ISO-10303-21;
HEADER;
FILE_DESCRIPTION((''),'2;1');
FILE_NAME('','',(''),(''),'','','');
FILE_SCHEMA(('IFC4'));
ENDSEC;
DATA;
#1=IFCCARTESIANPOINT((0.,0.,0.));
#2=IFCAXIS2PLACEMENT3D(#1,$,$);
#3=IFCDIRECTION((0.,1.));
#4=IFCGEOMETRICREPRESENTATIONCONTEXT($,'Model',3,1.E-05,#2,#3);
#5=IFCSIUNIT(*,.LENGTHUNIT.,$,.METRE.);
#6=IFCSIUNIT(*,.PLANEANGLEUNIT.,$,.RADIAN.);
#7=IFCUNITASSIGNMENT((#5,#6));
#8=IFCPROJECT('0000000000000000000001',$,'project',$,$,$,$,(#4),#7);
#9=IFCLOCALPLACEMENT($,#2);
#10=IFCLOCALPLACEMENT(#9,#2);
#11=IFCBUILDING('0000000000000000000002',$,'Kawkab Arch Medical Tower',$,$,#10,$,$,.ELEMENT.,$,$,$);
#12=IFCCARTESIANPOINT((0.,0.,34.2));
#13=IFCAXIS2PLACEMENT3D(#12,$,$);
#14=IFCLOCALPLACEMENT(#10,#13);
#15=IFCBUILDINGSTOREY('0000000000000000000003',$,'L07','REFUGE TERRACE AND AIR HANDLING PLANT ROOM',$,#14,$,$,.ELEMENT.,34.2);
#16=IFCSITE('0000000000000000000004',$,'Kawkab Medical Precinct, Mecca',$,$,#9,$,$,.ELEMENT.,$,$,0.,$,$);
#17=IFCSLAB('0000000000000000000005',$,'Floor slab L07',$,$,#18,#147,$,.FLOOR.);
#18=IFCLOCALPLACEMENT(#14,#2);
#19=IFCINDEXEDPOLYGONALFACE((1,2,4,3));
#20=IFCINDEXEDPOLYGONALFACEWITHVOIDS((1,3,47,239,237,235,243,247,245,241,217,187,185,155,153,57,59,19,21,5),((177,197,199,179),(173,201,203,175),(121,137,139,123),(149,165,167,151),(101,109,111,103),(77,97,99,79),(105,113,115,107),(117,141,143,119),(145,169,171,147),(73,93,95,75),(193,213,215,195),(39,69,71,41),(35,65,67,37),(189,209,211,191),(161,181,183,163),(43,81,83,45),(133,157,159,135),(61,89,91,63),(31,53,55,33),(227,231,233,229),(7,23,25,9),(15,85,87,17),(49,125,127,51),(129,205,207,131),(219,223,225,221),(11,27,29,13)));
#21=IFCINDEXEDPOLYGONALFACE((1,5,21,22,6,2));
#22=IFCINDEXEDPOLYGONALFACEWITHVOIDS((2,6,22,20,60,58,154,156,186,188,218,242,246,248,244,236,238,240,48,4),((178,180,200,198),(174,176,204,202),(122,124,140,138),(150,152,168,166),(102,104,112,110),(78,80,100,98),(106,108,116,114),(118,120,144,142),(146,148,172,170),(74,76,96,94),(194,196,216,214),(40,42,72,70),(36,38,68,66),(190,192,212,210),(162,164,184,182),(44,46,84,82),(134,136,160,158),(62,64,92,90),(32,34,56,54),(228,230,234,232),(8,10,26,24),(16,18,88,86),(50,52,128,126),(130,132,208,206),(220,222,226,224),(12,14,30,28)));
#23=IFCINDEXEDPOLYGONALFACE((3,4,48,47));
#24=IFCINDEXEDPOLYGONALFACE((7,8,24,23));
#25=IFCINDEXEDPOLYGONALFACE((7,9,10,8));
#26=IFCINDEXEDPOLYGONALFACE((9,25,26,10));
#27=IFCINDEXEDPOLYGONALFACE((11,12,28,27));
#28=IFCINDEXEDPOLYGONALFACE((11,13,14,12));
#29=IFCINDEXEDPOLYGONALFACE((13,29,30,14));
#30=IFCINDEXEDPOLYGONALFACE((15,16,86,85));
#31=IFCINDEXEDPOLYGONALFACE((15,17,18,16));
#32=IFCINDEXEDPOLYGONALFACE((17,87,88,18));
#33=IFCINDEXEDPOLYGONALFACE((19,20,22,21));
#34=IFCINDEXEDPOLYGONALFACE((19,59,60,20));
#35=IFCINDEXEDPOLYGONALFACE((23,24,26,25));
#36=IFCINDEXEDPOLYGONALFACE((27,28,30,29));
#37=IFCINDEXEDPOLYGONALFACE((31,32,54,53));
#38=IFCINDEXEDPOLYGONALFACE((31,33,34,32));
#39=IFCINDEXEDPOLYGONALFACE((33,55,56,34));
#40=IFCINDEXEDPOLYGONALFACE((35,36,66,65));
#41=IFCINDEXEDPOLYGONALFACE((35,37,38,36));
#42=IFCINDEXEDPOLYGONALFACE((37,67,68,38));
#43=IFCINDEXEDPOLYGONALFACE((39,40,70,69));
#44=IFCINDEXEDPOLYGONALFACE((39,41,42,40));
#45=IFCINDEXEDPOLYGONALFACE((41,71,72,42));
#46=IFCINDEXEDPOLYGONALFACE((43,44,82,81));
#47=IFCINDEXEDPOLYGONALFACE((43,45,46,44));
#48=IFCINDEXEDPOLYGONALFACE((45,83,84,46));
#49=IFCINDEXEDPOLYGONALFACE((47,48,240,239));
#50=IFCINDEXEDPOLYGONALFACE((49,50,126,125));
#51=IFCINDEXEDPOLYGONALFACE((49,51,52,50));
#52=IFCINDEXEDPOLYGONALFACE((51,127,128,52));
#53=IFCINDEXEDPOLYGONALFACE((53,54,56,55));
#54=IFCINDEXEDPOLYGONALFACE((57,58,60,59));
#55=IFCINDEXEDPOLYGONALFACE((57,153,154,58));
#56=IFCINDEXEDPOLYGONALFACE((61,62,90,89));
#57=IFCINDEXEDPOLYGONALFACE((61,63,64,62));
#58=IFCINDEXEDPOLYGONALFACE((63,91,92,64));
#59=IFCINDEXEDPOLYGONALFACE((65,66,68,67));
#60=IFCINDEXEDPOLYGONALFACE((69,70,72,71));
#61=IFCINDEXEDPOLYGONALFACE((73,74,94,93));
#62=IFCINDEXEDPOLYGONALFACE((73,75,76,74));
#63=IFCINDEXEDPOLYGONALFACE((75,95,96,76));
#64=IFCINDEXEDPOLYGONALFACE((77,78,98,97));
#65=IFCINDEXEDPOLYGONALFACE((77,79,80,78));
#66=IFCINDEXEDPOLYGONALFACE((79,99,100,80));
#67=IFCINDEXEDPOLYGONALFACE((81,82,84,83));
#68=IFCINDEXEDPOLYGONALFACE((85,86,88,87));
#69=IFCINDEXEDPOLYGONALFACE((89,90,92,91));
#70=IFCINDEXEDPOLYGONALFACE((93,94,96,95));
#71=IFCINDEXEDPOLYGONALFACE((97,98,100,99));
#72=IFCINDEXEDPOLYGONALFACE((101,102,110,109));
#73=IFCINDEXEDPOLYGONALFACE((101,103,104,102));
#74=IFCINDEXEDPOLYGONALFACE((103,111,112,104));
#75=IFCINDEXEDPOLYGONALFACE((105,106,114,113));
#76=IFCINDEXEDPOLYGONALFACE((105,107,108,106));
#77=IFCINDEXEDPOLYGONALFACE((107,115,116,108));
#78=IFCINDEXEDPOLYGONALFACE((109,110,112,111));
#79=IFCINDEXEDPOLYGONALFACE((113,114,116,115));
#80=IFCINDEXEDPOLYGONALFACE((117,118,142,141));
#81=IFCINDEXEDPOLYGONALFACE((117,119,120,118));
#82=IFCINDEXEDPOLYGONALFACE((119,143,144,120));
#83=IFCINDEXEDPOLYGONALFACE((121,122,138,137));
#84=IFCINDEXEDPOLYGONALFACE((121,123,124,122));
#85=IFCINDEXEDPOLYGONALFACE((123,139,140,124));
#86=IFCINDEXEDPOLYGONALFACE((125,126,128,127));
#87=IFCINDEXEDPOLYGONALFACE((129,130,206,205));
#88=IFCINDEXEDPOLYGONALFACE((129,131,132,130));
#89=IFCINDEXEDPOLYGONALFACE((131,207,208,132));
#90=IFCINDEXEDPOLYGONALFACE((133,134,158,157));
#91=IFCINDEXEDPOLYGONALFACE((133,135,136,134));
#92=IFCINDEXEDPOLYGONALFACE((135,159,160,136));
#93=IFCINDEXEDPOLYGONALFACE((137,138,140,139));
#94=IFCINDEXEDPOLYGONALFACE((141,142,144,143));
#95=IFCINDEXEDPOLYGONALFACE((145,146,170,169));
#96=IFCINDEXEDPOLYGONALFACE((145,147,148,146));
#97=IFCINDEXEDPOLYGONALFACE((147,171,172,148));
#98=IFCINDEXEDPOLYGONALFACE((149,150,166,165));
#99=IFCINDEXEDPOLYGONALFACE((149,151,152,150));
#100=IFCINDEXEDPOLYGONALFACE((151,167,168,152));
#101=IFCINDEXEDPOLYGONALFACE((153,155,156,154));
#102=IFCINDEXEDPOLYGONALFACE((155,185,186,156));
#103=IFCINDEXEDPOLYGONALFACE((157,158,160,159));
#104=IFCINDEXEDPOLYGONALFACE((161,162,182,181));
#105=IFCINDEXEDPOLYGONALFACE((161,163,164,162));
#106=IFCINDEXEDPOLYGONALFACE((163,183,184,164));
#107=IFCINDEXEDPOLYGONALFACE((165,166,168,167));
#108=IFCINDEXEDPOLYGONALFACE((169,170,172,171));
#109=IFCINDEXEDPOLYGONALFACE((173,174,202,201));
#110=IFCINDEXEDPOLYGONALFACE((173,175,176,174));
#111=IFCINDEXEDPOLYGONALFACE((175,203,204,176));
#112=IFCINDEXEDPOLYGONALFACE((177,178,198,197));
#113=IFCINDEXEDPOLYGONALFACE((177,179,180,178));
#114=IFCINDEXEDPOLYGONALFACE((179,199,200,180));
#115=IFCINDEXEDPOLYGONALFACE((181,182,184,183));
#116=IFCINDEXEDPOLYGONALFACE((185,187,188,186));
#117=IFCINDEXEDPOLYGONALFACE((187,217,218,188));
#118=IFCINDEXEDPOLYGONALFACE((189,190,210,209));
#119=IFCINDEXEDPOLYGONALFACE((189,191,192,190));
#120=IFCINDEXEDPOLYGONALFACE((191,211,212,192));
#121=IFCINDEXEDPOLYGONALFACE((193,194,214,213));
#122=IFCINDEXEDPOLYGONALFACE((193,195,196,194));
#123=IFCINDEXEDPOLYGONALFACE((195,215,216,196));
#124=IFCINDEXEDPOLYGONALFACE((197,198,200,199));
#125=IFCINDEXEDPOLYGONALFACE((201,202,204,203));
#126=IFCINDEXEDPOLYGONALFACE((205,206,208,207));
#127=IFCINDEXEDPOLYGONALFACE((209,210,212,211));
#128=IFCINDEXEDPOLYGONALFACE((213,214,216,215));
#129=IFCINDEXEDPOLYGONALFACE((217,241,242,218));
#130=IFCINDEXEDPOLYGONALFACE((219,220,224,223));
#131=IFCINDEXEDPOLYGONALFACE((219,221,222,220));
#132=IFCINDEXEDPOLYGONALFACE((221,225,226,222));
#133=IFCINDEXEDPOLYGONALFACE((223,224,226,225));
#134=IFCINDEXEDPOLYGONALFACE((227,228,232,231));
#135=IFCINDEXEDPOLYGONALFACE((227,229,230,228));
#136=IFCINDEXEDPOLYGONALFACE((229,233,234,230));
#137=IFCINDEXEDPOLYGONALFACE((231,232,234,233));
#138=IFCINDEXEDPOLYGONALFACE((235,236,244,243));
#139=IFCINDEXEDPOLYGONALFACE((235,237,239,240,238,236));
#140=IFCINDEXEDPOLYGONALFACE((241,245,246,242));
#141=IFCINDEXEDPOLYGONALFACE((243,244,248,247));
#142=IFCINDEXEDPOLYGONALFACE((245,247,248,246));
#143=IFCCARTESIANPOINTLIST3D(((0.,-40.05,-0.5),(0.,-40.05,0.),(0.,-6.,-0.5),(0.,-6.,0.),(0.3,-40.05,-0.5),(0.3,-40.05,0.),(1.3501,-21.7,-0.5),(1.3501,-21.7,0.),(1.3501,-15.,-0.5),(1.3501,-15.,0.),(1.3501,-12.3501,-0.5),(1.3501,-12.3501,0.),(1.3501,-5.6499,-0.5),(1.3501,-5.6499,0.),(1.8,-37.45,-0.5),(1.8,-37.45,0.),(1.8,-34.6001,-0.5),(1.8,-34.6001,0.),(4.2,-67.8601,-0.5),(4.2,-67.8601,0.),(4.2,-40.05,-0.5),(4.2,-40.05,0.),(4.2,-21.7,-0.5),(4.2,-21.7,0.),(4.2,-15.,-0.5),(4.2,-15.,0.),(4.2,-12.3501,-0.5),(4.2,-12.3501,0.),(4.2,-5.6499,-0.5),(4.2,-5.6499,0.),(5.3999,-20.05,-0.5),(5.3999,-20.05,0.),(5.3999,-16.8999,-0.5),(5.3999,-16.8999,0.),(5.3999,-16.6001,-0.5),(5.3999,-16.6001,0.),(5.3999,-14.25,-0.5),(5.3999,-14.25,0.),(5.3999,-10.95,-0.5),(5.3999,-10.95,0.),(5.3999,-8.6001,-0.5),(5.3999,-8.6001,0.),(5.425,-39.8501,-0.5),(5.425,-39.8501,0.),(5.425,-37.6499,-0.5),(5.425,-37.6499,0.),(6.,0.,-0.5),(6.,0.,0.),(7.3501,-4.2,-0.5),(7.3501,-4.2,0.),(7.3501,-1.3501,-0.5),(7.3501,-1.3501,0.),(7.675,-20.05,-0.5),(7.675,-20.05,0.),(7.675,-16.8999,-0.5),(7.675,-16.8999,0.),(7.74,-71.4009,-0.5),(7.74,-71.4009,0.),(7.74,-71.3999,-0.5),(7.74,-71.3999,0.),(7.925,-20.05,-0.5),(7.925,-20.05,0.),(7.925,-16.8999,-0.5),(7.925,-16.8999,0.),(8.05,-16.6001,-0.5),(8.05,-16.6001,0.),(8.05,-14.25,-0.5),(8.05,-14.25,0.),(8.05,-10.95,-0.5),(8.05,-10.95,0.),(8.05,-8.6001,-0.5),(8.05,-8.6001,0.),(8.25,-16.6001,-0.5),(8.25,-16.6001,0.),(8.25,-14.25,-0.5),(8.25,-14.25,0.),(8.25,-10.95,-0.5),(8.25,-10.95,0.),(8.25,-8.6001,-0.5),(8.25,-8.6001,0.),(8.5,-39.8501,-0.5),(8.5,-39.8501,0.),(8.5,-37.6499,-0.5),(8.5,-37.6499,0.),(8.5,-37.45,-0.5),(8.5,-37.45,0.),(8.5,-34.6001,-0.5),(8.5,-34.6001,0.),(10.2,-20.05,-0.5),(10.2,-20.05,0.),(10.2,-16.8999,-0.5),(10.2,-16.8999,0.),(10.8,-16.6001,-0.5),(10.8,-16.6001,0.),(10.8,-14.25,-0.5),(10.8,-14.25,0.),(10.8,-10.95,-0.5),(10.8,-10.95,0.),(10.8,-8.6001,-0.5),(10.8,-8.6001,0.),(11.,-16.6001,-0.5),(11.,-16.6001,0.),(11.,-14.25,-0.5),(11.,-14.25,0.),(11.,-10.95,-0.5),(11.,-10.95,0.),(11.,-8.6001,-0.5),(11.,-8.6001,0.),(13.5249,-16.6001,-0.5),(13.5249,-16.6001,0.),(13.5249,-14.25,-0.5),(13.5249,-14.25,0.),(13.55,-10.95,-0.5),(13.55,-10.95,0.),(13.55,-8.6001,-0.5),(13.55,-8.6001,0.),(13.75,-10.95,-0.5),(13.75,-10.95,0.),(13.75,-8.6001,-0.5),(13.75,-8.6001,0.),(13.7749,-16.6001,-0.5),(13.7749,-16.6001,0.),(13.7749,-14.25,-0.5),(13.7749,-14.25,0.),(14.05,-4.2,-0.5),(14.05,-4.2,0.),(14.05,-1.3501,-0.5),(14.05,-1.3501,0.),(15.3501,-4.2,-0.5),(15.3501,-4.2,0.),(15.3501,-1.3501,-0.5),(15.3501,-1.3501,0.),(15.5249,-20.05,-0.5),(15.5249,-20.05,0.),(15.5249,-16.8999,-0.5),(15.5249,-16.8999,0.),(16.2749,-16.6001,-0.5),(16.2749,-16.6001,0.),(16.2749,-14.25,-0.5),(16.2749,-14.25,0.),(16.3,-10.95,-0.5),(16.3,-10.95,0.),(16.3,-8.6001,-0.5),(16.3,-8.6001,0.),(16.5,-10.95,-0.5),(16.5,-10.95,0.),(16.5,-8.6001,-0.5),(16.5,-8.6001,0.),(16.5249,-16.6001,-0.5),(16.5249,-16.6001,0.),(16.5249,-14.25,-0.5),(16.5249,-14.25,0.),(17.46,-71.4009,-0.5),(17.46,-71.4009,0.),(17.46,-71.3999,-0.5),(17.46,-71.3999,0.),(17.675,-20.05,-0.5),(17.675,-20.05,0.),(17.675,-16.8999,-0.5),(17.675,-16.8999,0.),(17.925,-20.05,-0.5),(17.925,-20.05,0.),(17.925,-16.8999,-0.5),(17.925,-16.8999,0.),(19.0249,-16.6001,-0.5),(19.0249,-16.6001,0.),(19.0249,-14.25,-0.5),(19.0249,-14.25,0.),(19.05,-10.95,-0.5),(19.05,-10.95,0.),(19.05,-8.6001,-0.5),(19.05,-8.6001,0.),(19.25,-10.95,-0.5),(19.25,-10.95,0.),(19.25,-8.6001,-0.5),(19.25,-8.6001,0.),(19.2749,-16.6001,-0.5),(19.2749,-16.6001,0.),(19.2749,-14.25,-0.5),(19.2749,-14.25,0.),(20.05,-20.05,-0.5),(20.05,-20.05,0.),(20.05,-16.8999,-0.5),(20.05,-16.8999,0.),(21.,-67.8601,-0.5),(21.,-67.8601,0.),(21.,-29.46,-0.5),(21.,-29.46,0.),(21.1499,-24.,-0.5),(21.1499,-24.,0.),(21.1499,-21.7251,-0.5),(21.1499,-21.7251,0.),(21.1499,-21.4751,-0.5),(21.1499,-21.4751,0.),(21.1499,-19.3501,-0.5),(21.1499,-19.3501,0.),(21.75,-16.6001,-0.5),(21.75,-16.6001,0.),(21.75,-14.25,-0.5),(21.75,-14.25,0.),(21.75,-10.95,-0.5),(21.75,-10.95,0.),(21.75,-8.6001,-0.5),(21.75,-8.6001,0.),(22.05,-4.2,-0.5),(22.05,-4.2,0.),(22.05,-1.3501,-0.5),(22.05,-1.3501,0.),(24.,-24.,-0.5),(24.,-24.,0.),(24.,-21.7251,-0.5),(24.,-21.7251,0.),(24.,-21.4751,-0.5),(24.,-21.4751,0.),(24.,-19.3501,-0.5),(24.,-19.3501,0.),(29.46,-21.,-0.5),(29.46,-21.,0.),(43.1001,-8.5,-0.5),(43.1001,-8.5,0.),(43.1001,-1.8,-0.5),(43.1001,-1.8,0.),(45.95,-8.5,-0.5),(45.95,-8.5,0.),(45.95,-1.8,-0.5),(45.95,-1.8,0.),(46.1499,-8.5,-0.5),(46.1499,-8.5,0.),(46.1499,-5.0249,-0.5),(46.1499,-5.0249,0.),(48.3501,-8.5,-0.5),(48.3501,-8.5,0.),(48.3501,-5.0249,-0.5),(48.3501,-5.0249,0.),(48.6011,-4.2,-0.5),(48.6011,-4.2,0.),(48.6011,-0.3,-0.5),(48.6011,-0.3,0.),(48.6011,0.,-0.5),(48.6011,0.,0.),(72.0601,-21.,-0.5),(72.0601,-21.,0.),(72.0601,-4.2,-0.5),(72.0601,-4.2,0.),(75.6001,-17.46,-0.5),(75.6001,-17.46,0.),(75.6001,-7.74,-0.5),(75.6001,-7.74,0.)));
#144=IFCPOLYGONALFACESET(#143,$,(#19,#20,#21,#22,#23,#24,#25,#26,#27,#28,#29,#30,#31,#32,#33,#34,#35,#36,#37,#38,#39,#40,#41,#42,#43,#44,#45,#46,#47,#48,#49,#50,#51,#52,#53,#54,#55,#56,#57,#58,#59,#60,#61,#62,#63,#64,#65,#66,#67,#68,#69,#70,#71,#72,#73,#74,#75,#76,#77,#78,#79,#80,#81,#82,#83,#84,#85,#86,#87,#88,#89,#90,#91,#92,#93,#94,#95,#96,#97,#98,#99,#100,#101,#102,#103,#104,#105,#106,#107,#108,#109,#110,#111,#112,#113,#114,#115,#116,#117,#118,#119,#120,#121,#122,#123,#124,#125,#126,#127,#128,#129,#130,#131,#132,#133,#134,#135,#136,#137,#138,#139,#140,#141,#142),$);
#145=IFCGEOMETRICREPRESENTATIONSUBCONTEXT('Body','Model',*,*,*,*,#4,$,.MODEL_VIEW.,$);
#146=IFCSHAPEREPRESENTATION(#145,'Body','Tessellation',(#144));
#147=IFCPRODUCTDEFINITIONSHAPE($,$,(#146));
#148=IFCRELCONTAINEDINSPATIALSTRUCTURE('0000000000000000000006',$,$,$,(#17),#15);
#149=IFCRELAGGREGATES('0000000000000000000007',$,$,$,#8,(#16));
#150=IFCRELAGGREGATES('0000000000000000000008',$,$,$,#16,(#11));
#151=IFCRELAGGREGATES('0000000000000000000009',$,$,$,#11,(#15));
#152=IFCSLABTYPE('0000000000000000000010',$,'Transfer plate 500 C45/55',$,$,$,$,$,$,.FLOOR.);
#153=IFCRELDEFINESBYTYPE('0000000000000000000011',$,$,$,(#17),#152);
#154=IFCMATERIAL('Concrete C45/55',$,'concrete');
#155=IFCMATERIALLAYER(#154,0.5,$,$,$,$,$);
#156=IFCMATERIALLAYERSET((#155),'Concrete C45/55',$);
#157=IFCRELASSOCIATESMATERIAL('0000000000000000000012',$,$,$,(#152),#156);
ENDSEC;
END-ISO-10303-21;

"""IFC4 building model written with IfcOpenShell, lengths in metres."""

from ifc_helpers import new_model, si_unit, direction, frame, origin, place, context, subcontext, project, spatial, polyline, outline, extrude, material, layer, layer_set, type_object, element, save


model = new_model("IFC4")

# Units and contexts
model_context = context("Model", 3, precision=1e-05, world=origin(), true_north=direction((0.0, 1.0)))
body_context = subcontext(model_context, "Body", "Model", "MODEL_VIEW")
ifc_project = project(units=[si_unit("LENGTHUNIT", "METRE"), si_unit("PLANEANGLEUNIT", "RADIAN")], contexts=[model_context])

# Site, building, storey
site_placement = place(None, origin())
site = spatial("IfcSite", under=ifc_project, at=site_placement, Name="Kawkab Medical Precinct, Mecca", CompositionType="ELEMENT", RefElevation=0.0)
building_placement = place(site_placement, origin())
building = spatial("IfcBuilding", under=site, at=building_placement, Name="Kawkab Arch Medical Tower", CompositionType="ELEMENT")
storey_placement = place(building_placement, frame((0.0, 0.0, 34.2)))
storey = spatial("IfcBuildingStorey", under=building, at=storey_placement, Name="L07", Description="REFUGE TERRACE AND AIR HANDLING PLANT ROOM", CompositionType="ELEMENT", Elevation=34.2)

# Slab
placement = place(storey_placement, frame((0.0, 0.0, -0.5)))
ifc_material_1 = material(Name="Concrete C45/55", Category="concrete")
ifc_layer_1 = layer(ifc_material_1, 0.5)
ifc_layer_set_1 = layer_set([ifc_layer_1], Name="Concrete C45/55")
slab_type_1 = type_object("IfcSlabType", Name="Transfer plate 500 C45/55", PredefinedType="FLOOR", material=ifc_layer_set_1)
element("IfcSlab", 1, at=placement, inside=storey, type_object=slab_type_1, Name="Floor slab L07", PredefinedType="FLOOR", context=body_context, shape_type="SweptSolid", body=[
    extrude(outline(polyline([(48.6011, 0.0), (48.6011, -0.3), (48.6011, -4.2), (72.0601, -4.2), (75.6001, -7.74), (75.6001, -17.46), (72.0601, -21.0), (29.46, -21.0), (21.0, -29.46), (21.0, -67.8601), (17.46, -71.3999), (17.46, -71.4009), (7.74, -71.4009), (7.74, -71.3999), (4.2, -67.8601), (4.2, -40.05), (0.3, -40.05), (0.0, -40.05), (0.0, -6.0), (6.0, 0.0), (48.6011, 0.0)]), holes=[polyline([(5.425, -37.6499), (5.425, -39.8501), (8.5, -39.8501), (8.5, -37.6499), (5.425, -37.6499)]), polyline([(1.8, -37.45), (8.5, -37.45), (8.5, -34.6001), (1.8, -34.6001), (1.8, -37.45)]), polyline([(5.3999, -16.8999), (5.3999, -20.05), (7.675, -20.05), (7.675, -16.8999), (5.3999, -16.8999)]), polyline([(10.2, -16.8999), (7.925, -16.8999), (7.925, -20.05), (10.2, -20.05), (10.2, -16.8999)]), polyline([(4.2, -21.7), (4.2, -15.0), (1.3501, -15.0), (1.3501, -21.7), (4.2, -21.7)]), polyline([(5.3999, -14.25), (5.3999, -16.6001), (8.05, -16.6001), (8.05, -14.25), (5.3999, -14.25)]), polyline([(10.8, -16.6001), (10.8, -14.25), (8.25, -14.25), (8.25, -16.6001), (10.8, -16.6001)]), polyline([(13.5249, -14.25), (11.0, -14.25), (11.0, -16.6001), (13.5249, -16.6001), (13.5249, -14.25)]), polyline([(5.3999, -8.6001), (5.3999, -10.95), (8.05, -10.95), (8.05, -8.6001), (5.3999, -8.6001)]), polyline([(10.8, -10.95), (10.8, -8.6001), (8.25, -8.6001), (8.25, -10.95), (10.8, -10.95)]), polyline([(11.0, -8.6001), (11.0, -10.95), (13.55, -10.95), (13.55, -8.6001), (11.0, -8.6001)]), polyline([(4.2, -12.3501), (4.2, -5.6499), (1.3501, -5.6499), (1.3501, -12.3501), (4.2, -12.3501)]), polyline([(7.3501, -4.2), (14.05, -4.2), (14.05, -1.3501), (7.3501, -1.3501), (7.3501, -4.2)]), polyline([(24.0, -21.7251), (21.1499, -21.7251), (21.1499, -24.0), (24.0, -24.0), (24.0, -21.7251)]), polyline([(24.0, -21.4751), (24.0, -19.3501), (21.1499, -19.3501), (21.1499, -21.4751), (24.0, -21.4751)]), polyline([(17.675, -16.8999), (15.5249, -16.8999), (15.5249, -20.05), (17.675, -20.05), (17.675, -16.8999)]), polyline([(17.925, -16.8999), (17.925, -20.05), (20.05, -20.05), (20.05, -16.8999), (17.925, -16.8999)]), polyline([(16.2749, -16.6001), (16.2749, -14.25), (13.7749, -14.25), (13.7749, -16.6001), (16.2749, -16.6001)]), polyline([(19.0249, -16.6001), (19.0249, -14.25), (16.5249, -14.25), (16.5249, -16.6001), (19.0249, -16.6001)]), polyline([(19.2749, -14.25), (19.2749, -16.6001), (21.75, -16.6001), (21.75, -14.25), (19.2749, -14.25)]), polyline([(16.3, -8.6001), (13.75, -8.6001), (13.75, -10.95), (16.3, -10.95), (16.3, -8.6001)]), polyline([(19.05, -8.6001), (16.5, -8.6001), (16.5, -10.95), (19.05, -10.95), (19.05, -8.6001)]), polyline([(19.25, -8.6001), (19.25, -10.95), (21.75, -10.95), (21.75, -8.6001), (19.25, -8.6001)]), polyline([(46.1499, -5.0249), (46.1499, -8.5), (48.3501, -8.5), (48.3501, -5.0249), (46.1499, -5.0249)]), polyline([(43.1001, -1.8), (43.1001, -8.5), (45.95, -8.5), (45.95, -1.8), (43.1001, -1.8)]), polyline([(22.05, -1.3501), (15.3501, -1.3501), (15.3501, -4.2), (22.05, -4.2), (22.05, -1.3501)])]), origin(), (0.0, 0.0, 1.0), 0.5),
])

save(model, "model.ifc")
